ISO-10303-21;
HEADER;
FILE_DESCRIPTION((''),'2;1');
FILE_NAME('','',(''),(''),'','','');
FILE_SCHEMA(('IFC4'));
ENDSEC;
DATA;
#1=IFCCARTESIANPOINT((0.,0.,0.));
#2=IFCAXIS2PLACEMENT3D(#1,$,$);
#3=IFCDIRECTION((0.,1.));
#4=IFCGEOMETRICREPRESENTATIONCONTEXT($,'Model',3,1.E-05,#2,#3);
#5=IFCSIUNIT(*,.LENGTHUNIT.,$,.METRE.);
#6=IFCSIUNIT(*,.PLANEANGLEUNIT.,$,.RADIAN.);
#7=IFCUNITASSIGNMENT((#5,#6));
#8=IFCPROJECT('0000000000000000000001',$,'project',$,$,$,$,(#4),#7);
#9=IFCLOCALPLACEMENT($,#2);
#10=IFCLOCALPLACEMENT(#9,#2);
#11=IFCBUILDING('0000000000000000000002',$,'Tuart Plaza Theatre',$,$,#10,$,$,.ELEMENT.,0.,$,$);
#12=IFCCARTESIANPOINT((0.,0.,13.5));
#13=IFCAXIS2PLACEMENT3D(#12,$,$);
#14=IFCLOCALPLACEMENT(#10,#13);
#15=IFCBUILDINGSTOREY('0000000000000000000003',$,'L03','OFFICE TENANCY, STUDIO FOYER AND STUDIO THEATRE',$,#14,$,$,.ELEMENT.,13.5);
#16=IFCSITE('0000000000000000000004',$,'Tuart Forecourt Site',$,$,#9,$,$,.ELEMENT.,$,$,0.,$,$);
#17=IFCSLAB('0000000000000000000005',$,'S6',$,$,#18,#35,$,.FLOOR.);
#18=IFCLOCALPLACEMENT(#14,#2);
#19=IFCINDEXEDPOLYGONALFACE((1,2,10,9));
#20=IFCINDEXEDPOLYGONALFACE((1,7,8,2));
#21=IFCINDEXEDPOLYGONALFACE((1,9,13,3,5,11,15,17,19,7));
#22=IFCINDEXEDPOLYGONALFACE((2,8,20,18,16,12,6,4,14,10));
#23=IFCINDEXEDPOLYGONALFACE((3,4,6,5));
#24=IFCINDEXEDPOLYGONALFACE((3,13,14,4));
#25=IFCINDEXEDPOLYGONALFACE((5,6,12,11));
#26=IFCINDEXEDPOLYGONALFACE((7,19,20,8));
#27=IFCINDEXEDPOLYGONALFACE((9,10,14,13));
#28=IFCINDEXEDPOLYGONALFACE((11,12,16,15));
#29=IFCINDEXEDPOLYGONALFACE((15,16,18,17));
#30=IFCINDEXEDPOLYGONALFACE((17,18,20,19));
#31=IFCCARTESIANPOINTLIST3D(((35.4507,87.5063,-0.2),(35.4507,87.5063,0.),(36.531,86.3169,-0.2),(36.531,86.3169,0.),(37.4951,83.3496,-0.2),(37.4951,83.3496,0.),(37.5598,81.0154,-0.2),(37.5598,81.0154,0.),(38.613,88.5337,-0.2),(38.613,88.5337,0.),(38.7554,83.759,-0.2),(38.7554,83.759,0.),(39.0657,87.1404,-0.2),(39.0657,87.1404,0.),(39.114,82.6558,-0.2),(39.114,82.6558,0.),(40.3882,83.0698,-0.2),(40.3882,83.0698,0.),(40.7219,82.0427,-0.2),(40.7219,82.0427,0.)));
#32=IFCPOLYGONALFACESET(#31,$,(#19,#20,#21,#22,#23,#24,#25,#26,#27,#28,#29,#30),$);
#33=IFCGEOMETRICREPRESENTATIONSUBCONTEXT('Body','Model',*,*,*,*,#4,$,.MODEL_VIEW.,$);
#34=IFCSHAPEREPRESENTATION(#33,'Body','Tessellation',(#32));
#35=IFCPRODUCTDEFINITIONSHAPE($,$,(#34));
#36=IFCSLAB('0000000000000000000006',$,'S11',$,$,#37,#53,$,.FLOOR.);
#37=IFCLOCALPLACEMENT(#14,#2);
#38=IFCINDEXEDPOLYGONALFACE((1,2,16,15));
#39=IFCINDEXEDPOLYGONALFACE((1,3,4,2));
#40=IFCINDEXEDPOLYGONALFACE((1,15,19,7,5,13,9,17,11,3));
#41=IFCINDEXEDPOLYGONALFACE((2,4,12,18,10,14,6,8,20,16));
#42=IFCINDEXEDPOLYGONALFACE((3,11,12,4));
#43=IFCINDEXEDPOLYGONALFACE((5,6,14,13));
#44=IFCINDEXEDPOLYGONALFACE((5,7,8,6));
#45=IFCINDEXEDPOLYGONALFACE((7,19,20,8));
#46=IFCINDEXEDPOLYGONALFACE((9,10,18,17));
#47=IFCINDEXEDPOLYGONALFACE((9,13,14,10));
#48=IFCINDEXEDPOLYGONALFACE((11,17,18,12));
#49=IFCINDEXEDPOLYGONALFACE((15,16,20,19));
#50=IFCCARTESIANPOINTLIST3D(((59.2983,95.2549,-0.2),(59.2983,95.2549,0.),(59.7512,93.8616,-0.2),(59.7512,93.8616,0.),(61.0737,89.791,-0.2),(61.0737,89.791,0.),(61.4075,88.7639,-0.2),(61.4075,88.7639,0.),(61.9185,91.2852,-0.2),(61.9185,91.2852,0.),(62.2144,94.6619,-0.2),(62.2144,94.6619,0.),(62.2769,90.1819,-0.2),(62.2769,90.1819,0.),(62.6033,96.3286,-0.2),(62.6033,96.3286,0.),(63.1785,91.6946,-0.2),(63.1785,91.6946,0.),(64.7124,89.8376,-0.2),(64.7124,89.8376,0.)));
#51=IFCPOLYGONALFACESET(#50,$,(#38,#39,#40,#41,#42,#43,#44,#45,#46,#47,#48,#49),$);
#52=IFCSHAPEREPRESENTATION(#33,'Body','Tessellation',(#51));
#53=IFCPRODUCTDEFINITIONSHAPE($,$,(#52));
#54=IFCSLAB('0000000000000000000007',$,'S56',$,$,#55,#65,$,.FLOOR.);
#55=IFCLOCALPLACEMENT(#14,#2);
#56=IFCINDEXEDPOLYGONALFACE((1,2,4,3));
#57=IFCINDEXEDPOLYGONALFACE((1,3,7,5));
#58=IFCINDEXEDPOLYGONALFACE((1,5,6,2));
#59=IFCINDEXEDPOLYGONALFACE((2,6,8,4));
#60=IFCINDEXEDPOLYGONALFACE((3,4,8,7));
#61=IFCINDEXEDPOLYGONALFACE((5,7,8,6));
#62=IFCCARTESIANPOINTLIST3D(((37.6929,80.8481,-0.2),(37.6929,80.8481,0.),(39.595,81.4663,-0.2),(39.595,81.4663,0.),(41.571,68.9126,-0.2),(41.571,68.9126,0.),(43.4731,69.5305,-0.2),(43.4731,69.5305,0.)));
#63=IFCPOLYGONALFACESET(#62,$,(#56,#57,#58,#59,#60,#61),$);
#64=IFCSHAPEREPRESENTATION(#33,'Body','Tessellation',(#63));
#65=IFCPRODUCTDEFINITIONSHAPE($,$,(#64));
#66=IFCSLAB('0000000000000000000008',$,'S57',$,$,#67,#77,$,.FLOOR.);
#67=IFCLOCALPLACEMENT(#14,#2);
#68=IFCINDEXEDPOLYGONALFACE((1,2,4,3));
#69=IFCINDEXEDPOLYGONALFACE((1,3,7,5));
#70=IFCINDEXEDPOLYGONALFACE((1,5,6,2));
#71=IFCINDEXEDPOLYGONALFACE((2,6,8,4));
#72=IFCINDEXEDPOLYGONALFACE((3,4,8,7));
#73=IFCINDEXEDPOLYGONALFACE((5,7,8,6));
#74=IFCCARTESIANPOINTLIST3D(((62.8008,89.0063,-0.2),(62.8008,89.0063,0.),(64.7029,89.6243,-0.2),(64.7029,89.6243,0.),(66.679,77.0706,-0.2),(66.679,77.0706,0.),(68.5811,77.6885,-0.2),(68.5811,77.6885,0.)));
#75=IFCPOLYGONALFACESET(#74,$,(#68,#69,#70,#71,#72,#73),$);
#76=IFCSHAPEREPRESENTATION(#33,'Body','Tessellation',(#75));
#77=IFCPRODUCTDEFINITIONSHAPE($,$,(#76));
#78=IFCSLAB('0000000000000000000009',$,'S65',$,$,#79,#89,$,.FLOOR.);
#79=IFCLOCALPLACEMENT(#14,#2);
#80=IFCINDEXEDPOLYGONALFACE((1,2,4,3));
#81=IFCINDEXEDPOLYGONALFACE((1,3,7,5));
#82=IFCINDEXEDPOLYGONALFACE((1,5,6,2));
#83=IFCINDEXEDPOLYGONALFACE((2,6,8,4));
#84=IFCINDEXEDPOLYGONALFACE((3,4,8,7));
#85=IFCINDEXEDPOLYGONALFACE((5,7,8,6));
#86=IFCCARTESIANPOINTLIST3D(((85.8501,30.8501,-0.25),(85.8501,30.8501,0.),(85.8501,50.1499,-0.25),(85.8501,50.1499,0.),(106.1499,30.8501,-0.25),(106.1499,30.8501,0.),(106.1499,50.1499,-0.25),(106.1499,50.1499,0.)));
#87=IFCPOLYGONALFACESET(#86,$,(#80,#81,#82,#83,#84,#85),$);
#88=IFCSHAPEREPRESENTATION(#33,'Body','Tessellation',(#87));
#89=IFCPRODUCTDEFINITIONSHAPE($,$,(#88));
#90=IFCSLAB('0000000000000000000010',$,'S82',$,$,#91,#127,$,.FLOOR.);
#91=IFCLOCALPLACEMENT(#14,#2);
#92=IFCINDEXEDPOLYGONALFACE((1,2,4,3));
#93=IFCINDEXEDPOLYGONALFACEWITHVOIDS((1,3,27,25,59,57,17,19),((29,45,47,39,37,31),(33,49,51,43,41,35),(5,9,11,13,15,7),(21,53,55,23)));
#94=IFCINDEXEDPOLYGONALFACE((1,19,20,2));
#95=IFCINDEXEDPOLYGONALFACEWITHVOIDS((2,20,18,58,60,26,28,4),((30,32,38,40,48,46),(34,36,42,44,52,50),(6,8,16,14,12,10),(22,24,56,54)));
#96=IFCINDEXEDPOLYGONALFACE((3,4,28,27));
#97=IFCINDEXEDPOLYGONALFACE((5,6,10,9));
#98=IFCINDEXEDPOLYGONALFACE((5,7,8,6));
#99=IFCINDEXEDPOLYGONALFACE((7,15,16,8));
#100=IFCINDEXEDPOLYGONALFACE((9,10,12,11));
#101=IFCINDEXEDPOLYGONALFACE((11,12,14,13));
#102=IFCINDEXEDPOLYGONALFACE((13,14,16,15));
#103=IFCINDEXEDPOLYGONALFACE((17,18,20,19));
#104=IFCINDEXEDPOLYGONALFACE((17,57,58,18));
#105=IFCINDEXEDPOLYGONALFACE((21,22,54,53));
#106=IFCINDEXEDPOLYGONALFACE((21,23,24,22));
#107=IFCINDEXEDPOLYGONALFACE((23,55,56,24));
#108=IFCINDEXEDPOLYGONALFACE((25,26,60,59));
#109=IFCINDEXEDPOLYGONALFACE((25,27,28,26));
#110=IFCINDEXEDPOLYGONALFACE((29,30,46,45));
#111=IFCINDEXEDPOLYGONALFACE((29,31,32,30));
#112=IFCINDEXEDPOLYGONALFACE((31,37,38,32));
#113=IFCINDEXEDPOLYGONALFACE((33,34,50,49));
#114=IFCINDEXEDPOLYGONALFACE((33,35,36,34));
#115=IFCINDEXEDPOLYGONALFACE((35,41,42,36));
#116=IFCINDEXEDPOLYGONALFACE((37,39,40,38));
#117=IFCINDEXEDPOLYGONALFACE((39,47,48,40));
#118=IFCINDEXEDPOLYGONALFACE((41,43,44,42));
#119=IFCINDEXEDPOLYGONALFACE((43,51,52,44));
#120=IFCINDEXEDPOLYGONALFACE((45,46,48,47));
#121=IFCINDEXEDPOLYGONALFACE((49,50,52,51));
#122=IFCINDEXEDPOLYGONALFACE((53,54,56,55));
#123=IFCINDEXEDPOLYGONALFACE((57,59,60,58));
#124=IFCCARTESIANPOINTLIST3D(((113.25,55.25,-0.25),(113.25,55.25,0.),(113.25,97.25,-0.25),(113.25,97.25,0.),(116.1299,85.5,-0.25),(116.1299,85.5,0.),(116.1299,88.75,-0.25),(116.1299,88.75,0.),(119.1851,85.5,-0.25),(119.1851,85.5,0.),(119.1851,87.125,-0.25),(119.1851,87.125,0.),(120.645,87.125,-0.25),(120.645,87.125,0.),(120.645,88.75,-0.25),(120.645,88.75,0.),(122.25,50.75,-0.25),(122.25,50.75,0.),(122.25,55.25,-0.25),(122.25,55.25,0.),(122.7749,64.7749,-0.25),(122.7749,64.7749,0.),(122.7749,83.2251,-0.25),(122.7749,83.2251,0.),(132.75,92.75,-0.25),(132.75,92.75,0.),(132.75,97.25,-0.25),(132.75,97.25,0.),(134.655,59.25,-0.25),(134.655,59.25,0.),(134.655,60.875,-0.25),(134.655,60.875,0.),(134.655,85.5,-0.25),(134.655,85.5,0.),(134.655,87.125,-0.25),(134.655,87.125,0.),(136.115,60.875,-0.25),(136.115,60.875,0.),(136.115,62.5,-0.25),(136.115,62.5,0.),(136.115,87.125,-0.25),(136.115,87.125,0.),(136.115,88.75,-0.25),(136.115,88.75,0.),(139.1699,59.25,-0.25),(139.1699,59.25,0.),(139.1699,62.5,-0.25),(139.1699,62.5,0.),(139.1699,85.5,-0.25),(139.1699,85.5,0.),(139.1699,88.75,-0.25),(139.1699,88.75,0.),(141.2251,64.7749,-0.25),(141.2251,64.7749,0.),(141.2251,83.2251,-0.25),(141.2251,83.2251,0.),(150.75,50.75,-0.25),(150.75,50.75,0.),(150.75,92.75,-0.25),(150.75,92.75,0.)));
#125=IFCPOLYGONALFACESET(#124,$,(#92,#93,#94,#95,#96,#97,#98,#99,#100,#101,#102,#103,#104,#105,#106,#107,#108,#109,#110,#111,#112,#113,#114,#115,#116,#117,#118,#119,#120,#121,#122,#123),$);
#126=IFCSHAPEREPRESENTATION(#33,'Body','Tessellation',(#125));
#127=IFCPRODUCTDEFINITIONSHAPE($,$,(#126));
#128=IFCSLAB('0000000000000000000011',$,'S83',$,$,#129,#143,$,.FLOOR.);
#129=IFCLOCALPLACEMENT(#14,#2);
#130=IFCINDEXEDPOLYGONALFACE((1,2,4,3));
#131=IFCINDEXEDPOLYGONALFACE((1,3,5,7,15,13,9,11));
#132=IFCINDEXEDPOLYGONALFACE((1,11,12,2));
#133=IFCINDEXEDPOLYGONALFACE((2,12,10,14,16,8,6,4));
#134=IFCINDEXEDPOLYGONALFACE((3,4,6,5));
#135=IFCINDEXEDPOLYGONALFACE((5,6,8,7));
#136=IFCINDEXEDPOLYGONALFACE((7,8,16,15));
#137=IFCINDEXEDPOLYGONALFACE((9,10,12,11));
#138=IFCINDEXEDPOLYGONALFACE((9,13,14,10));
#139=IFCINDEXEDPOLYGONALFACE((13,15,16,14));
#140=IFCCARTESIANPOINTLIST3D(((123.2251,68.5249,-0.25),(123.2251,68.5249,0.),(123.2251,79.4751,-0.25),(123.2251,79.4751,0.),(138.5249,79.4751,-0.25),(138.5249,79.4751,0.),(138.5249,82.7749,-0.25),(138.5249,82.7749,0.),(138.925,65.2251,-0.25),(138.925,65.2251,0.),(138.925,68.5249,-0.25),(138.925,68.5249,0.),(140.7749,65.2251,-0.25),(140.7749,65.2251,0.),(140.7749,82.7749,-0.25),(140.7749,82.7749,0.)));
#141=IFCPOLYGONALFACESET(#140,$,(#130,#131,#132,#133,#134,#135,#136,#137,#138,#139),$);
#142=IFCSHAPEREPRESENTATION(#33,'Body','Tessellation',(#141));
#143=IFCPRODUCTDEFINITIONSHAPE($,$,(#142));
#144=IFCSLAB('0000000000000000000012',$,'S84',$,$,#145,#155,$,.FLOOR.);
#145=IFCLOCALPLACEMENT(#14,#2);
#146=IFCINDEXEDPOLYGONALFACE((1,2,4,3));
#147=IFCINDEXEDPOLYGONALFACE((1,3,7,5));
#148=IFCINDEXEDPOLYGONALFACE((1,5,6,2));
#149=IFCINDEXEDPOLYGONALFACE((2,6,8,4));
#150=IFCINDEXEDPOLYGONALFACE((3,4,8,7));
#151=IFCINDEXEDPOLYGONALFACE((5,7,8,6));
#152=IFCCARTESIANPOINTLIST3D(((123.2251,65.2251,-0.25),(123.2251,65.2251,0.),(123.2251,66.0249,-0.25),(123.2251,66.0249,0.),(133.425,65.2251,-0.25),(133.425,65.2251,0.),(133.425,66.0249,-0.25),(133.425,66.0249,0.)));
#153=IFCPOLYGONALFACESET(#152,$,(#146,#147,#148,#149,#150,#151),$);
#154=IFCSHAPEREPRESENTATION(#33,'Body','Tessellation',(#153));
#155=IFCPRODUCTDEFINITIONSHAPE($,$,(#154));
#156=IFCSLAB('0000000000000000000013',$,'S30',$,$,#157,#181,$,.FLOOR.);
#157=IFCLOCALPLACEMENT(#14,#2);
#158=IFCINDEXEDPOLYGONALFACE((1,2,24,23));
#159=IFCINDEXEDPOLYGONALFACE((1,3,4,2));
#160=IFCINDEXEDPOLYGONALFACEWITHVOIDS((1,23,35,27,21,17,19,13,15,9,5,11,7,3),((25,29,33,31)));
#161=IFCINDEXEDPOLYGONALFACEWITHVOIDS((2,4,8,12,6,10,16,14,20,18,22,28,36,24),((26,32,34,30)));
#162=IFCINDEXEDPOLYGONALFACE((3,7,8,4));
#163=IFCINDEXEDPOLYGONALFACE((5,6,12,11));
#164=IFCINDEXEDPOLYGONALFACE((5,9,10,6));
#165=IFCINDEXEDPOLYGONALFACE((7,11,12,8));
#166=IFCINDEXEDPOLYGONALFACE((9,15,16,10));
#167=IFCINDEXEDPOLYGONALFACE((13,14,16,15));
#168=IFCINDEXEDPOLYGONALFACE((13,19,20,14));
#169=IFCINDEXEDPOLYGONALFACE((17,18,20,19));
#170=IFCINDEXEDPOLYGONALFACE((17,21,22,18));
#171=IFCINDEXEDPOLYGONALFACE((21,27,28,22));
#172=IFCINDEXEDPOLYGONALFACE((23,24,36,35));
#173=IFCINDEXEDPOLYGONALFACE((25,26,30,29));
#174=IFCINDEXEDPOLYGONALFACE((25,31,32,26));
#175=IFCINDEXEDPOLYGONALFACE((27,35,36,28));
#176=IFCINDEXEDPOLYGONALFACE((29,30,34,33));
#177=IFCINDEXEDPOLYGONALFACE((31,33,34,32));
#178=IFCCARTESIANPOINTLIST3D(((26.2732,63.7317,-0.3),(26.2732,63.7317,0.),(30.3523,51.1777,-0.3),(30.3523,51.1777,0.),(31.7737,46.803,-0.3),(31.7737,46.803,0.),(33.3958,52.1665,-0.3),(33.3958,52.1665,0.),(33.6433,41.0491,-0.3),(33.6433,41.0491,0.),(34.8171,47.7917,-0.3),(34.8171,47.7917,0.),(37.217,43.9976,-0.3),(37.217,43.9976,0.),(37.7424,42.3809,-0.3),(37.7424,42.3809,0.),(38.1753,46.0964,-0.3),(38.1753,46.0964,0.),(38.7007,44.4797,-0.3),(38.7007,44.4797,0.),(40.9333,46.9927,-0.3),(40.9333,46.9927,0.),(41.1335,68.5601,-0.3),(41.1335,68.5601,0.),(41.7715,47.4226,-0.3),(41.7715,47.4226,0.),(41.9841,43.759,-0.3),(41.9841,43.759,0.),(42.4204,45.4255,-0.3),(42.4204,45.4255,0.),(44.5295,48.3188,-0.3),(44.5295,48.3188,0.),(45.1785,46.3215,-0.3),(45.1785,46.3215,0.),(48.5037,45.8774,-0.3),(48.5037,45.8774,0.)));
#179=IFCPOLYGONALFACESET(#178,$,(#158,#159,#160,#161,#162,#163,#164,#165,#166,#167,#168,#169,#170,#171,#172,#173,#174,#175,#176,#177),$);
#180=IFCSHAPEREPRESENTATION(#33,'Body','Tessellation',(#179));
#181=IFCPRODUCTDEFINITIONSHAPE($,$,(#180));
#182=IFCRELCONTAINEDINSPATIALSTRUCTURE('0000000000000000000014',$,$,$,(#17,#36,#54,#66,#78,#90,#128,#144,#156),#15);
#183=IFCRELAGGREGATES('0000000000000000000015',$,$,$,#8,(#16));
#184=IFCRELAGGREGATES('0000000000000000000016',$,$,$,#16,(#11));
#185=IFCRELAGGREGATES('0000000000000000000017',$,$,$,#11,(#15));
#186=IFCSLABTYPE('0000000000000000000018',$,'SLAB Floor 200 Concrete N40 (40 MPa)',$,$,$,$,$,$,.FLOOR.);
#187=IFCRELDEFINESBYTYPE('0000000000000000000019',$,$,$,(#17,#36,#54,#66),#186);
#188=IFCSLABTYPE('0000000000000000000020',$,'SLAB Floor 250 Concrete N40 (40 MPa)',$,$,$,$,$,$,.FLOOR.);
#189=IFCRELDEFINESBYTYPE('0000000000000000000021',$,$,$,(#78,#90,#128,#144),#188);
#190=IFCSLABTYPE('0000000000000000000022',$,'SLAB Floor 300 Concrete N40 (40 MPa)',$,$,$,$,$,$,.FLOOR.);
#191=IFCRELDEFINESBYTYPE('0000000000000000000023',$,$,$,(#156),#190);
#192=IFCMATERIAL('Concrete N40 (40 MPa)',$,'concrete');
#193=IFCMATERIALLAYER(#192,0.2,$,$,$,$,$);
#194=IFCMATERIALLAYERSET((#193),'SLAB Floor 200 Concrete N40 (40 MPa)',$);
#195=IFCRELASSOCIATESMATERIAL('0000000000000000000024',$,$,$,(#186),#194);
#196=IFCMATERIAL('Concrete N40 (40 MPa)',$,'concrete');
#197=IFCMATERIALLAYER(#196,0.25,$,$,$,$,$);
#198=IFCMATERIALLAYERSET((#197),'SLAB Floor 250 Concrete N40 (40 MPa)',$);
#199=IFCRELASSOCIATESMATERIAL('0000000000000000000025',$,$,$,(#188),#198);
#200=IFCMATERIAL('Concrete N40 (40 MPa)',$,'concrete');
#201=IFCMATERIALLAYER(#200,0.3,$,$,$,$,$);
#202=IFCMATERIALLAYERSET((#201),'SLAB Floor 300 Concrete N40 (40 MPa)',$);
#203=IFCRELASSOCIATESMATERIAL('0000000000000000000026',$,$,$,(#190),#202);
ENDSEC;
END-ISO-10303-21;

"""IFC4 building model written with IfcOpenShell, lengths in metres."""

from ifc_helpers import new_model, si_unit, direction, frame, origin, place, context, subcontext, project, spatial, polyline, outline, extrude, material, layer, layer_set, type_object, element, save


model = new_model("IFC4")

# Units and contexts
model_context = context("Model", 3, precision=1e-05, world=origin(), true_north=direction((0.0, 1.0)))
body_context = subcontext(model_context, "Body", "Model", "MODEL_VIEW")
ifc_project = project(units=[si_unit("LENGTHUNIT", "METRE"), si_unit("PLANEANGLEUNIT", "RADIAN")], contexts=[model_context])

# Site, building, storey
site_placement = place(None, origin())
site = spatial("IfcSite", under=ifc_project, at=site_placement, Name="Tuart Forecourt Site", CompositionType="ELEMENT", RefElevation=0.0)
building_placement = place(site_placement, origin())
building = spatial("IfcBuilding", under=site, at=building_placement, Name="Tuart Plaza Theatre", CompositionType="ELEMENT", ElevationOfRefHeight=0.0)
storey_placement = place(building_placement, frame((0.0, 0.0, 13.5)))
storey = spatial("IfcBuildingStorey", under=building, at=storey_placement, Name="L03", Description="OFFICE TENANCY, STUDIO FOYER AND STUDIO THEATRE", CompositionType="ELEMENT", Elevation=13.5)

# Slabs
ifc_material_1 = material(Name="Concrete N40 (40 MPa)", Category="concrete")
ifc_layer_1 = layer(ifc_material_1, 0.2)
ifc_layer_set_1 = layer_set([ifc_layer_1], Name="SLAB Floor 200 Concrete N40 (40 MPa)")
slab_type_1 = type_object("IfcSlabType", Name="SLAB Floor 200 Concrete N40 (40 MPa)", PredefinedType="FLOOR", material=ifc_layer_set_1)
slab_1_placement = place(storey_placement, frame((0.0, 0.0, -0.2)))
element("IfcSlab", 1, at=slab_1_placement, inside=storey, type_object=slab_type_1, Name="S6", PredefinedType="FLOOR", context=body_context, shape_type="SweptSolid", body=[
    extrude(outline(polyline([(35.4507, 87.5063), (37.5598, 81.0154), (40.7219, 82.0427), (40.3882, 83.0698), (39.114, 82.6558), (38.7554, 83.759), (37.4951, 83.3496), (36.531, 86.3169), (39.0657, 87.1404), (38.613, 88.5337), (35.4507, 87.5063)])), origin(), (0.0, 0.0, 1.0), 0.2),
])
slab_2_placement = place(storey_placement, frame((0.0, 0.0, -0.2)))
element("IfcSlab", 2, at=slab_2_placement, inside=storey, type_object=slab_type_1, Name="S11", PredefinedType="FLOOR", context=body_context, shape_type="SweptSolid", body=[
    extrude(outline(polyline([(62.2144, 94.6619), (63.1785, 91.6946), (61.9185, 91.2852), (62.2769, 90.1819), (61.0737, 89.791), (61.4075, 88.7639), (64.7124, 89.8376), (62.6033, 96.3286), (59.2983, 95.2549), (59.7512, 93.8616), (62.2144, 94.6619)])), origin(), (0.0, 0.0, 1.0), 0.2),
])
slab_3_placement = place(storey_placement, frame((0.0, 0.0, -0.2)))
element("IfcSlab", 3, at=slab_3_placement, inside=storey, type_object=slab_type_1, Name="S56", PredefinedType="FLOOR", context=body_context, shape_type="SweptSolid", body=[
    extrude(outline(polyline([(43.4731, 69.5305), (39.595, 81.4663), (37.6929, 80.8481), (41.571, 68.9126), (43.4731, 69.5305)])), origin(), (0.0, 0.0, 1.0), 0.2),
])
slab_4_placement = place(storey_placement, frame((0.0, 0.0, -0.2)))
element("IfcSlab", 4, at=slab_4_placement, inside=storey, type_object=slab_type_1, Name="S57", PredefinedType="FLOOR", context=body_context, shape_type="SweptSolid", body=[
    extrude(outline(polyline([(68.5811, 77.6885), (64.7029, 89.6243), (62.8008, 89.0063), (66.679, 77.0706), (68.5811, 77.6885)])), origin(), (0.0, 0.0, 1.0), 0.2),
])
ifc_material_2 = material(Name="Concrete N40 (40 MPa)", Category="concrete")
ifc_layer_2 = layer(ifc_material_2, 0.25)
ifc_layer_set_2 = layer_set([ifc_layer_2], Name="SLAB Floor 250 Concrete N40 (40 MPa)")
slab_type_2 = type_object("IfcSlabType", Name="SLAB Floor 250 Concrete N40 (40 MPa)", PredefinedType="FLOOR", material=ifc_layer_set_2)
slab_5_placement = place(storey_placement, frame((0.0, 0.0, -0.25)))
element("IfcSlab", 5, at=slab_5_placement, inside=storey, type_object=slab_type_2, Name="S65", PredefinedType="FLOOR", context=body_context, shape_type="SweptSolid", body=[
    extrude(outline(polyline([(106.1499, 30.8501), (106.1499, 50.1499), (85.8501, 50.1499), (85.8501, 30.8501), (106.1499, 30.8501)])), origin(), (0.0, 0.0, 1.0), 0.25),
])
slab_6_placement = place(storey_placement, frame((0.0, 0.0, -0.25)))
element("IfcSlab", 6, at=slab_6_placement, inside=storey, type_object=slab_type_2, Name="S82", PredefinedType="FLOOR", context=body_context, shape_type="SweptSolid", body=[
    extrude(outline(polyline([(150.75, 92.75), (132.75, 92.75), (132.75, 97.25), (113.25, 97.25), (113.25, 55.25), (122.25, 55.25), (122.25, 50.75), (150.75, 50.75), (150.75, 92.75)]), holes=[polyline([(141.2251, 64.7749), (141.2251, 83.2251), (122.7749, 83.2251), (122.7749, 64.7749), (141.2251, 64.7749)]), polyline([(136.115, 62.5), (136.115, 60.875), (134.655, 60.875), (134.655, 59.25), (139.1699, 59.25), (139.1699, 62.5), (136.115, 62.5)]), polyline([(139.1699, 88.75), (136.115, 88.75), (136.115, 87.125), (134.655, 87.125), (134.655, 85.5), (139.1699, 85.5), (139.1699, 88.75)]), polyline([(116.1299, 88.75), (116.1299, 85.5), (119.1851, 85.5), (119.1851, 87.125), (120.645, 87.125), (120.645, 88.75), (116.1299, 88.75)])]), origin(), (0.0, 0.0, 1.0), 0.25),
])
slab_7_placement = place(storey_placement, frame((0.0, 0.0, -0.25)))
element("IfcSlab", 7, at=slab_7_placement, inside=storey, type_object=slab_type_2, Name="S83", PredefinedType="FLOOR", context=body_context, shape_type="SweptSolid", body=[
    extrude(outline(polyline([(138.925, 68.5249), (138.925, 65.2251), (140.7749, 65.2251), (140.7749, 82.7749), (138.5249, 82.7749), (138.5249, 79.4751), (123.2251, 79.4751), (123.2251, 68.5249), (138.925, 68.5249)])), origin(), (0.0, 0.0, 1.0), 0.25),
])
slab_8_placement = place(storey_placement, frame((0.0, 0.0, -0.25)))
element("IfcSlab", 8, at=slab_8_placement, inside=storey, type_object=slab_type_2, Name="S84", PredefinedType="FLOOR", context=body_context, shape_type="SweptSolid", body=[
    extrude(outline(polyline([(123.2251, 66.0249), (123.2251, 65.2251), (133.425, 65.2251), (133.425, 66.0249), (123.2251, 66.0249)])), origin(), (0.0, 0.0, 1.0), 0.25),
])
ifc_material_3 = material(Name="Concrete N40 (40 MPa)", Category="concrete")
ifc_layer_3 = layer(ifc_material_3, 0.3)
ifc_layer_set_3 = layer_set([ifc_layer_3], Name="SLAB Floor 300 Concrete N40 (40 MPa)")
slab_type_3 = type_object("IfcSlabType", Name="SLAB Floor 300 Concrete N40 (40 MPa)", PredefinedType="FLOOR", material=ifc_layer_set_3)
slab_9_placement = place(storey_placement, frame((0.0, 0.0, -0.3)))
element("IfcSlab", 9, at=slab_9_placement, inside=storey, type_object=slab_type_3, Name="S30", PredefinedType="FLOOR", context=body_context, shape_type="SweptSolid", body=[
    extrude(outline(polyline([(26.2732, 63.7317), (30.3523, 51.1777), (33.3958, 52.1665), (34.8171, 47.7917), (31.7737, 46.803), (33.6433, 41.0491), (37.7424, 42.3809), (37.217, 43.9976), (38.7007, 44.4797), (38.1753, 46.0964), (40.9333, 46.9927), (41.9841, 43.759), (48.5037, 45.8774), (41.1335, 68.5601), (26.2732, 63.7317)]), holes=[polyline([(44.5295, 48.3188), (41.7715, 47.4226), (42.4204, 45.4255), (45.1785, 46.3215), (44.5295, 48.3188)])]), origin(), (0.0, 0.0, 1.0), 0.3),
])

save(model, "model.ifc")
